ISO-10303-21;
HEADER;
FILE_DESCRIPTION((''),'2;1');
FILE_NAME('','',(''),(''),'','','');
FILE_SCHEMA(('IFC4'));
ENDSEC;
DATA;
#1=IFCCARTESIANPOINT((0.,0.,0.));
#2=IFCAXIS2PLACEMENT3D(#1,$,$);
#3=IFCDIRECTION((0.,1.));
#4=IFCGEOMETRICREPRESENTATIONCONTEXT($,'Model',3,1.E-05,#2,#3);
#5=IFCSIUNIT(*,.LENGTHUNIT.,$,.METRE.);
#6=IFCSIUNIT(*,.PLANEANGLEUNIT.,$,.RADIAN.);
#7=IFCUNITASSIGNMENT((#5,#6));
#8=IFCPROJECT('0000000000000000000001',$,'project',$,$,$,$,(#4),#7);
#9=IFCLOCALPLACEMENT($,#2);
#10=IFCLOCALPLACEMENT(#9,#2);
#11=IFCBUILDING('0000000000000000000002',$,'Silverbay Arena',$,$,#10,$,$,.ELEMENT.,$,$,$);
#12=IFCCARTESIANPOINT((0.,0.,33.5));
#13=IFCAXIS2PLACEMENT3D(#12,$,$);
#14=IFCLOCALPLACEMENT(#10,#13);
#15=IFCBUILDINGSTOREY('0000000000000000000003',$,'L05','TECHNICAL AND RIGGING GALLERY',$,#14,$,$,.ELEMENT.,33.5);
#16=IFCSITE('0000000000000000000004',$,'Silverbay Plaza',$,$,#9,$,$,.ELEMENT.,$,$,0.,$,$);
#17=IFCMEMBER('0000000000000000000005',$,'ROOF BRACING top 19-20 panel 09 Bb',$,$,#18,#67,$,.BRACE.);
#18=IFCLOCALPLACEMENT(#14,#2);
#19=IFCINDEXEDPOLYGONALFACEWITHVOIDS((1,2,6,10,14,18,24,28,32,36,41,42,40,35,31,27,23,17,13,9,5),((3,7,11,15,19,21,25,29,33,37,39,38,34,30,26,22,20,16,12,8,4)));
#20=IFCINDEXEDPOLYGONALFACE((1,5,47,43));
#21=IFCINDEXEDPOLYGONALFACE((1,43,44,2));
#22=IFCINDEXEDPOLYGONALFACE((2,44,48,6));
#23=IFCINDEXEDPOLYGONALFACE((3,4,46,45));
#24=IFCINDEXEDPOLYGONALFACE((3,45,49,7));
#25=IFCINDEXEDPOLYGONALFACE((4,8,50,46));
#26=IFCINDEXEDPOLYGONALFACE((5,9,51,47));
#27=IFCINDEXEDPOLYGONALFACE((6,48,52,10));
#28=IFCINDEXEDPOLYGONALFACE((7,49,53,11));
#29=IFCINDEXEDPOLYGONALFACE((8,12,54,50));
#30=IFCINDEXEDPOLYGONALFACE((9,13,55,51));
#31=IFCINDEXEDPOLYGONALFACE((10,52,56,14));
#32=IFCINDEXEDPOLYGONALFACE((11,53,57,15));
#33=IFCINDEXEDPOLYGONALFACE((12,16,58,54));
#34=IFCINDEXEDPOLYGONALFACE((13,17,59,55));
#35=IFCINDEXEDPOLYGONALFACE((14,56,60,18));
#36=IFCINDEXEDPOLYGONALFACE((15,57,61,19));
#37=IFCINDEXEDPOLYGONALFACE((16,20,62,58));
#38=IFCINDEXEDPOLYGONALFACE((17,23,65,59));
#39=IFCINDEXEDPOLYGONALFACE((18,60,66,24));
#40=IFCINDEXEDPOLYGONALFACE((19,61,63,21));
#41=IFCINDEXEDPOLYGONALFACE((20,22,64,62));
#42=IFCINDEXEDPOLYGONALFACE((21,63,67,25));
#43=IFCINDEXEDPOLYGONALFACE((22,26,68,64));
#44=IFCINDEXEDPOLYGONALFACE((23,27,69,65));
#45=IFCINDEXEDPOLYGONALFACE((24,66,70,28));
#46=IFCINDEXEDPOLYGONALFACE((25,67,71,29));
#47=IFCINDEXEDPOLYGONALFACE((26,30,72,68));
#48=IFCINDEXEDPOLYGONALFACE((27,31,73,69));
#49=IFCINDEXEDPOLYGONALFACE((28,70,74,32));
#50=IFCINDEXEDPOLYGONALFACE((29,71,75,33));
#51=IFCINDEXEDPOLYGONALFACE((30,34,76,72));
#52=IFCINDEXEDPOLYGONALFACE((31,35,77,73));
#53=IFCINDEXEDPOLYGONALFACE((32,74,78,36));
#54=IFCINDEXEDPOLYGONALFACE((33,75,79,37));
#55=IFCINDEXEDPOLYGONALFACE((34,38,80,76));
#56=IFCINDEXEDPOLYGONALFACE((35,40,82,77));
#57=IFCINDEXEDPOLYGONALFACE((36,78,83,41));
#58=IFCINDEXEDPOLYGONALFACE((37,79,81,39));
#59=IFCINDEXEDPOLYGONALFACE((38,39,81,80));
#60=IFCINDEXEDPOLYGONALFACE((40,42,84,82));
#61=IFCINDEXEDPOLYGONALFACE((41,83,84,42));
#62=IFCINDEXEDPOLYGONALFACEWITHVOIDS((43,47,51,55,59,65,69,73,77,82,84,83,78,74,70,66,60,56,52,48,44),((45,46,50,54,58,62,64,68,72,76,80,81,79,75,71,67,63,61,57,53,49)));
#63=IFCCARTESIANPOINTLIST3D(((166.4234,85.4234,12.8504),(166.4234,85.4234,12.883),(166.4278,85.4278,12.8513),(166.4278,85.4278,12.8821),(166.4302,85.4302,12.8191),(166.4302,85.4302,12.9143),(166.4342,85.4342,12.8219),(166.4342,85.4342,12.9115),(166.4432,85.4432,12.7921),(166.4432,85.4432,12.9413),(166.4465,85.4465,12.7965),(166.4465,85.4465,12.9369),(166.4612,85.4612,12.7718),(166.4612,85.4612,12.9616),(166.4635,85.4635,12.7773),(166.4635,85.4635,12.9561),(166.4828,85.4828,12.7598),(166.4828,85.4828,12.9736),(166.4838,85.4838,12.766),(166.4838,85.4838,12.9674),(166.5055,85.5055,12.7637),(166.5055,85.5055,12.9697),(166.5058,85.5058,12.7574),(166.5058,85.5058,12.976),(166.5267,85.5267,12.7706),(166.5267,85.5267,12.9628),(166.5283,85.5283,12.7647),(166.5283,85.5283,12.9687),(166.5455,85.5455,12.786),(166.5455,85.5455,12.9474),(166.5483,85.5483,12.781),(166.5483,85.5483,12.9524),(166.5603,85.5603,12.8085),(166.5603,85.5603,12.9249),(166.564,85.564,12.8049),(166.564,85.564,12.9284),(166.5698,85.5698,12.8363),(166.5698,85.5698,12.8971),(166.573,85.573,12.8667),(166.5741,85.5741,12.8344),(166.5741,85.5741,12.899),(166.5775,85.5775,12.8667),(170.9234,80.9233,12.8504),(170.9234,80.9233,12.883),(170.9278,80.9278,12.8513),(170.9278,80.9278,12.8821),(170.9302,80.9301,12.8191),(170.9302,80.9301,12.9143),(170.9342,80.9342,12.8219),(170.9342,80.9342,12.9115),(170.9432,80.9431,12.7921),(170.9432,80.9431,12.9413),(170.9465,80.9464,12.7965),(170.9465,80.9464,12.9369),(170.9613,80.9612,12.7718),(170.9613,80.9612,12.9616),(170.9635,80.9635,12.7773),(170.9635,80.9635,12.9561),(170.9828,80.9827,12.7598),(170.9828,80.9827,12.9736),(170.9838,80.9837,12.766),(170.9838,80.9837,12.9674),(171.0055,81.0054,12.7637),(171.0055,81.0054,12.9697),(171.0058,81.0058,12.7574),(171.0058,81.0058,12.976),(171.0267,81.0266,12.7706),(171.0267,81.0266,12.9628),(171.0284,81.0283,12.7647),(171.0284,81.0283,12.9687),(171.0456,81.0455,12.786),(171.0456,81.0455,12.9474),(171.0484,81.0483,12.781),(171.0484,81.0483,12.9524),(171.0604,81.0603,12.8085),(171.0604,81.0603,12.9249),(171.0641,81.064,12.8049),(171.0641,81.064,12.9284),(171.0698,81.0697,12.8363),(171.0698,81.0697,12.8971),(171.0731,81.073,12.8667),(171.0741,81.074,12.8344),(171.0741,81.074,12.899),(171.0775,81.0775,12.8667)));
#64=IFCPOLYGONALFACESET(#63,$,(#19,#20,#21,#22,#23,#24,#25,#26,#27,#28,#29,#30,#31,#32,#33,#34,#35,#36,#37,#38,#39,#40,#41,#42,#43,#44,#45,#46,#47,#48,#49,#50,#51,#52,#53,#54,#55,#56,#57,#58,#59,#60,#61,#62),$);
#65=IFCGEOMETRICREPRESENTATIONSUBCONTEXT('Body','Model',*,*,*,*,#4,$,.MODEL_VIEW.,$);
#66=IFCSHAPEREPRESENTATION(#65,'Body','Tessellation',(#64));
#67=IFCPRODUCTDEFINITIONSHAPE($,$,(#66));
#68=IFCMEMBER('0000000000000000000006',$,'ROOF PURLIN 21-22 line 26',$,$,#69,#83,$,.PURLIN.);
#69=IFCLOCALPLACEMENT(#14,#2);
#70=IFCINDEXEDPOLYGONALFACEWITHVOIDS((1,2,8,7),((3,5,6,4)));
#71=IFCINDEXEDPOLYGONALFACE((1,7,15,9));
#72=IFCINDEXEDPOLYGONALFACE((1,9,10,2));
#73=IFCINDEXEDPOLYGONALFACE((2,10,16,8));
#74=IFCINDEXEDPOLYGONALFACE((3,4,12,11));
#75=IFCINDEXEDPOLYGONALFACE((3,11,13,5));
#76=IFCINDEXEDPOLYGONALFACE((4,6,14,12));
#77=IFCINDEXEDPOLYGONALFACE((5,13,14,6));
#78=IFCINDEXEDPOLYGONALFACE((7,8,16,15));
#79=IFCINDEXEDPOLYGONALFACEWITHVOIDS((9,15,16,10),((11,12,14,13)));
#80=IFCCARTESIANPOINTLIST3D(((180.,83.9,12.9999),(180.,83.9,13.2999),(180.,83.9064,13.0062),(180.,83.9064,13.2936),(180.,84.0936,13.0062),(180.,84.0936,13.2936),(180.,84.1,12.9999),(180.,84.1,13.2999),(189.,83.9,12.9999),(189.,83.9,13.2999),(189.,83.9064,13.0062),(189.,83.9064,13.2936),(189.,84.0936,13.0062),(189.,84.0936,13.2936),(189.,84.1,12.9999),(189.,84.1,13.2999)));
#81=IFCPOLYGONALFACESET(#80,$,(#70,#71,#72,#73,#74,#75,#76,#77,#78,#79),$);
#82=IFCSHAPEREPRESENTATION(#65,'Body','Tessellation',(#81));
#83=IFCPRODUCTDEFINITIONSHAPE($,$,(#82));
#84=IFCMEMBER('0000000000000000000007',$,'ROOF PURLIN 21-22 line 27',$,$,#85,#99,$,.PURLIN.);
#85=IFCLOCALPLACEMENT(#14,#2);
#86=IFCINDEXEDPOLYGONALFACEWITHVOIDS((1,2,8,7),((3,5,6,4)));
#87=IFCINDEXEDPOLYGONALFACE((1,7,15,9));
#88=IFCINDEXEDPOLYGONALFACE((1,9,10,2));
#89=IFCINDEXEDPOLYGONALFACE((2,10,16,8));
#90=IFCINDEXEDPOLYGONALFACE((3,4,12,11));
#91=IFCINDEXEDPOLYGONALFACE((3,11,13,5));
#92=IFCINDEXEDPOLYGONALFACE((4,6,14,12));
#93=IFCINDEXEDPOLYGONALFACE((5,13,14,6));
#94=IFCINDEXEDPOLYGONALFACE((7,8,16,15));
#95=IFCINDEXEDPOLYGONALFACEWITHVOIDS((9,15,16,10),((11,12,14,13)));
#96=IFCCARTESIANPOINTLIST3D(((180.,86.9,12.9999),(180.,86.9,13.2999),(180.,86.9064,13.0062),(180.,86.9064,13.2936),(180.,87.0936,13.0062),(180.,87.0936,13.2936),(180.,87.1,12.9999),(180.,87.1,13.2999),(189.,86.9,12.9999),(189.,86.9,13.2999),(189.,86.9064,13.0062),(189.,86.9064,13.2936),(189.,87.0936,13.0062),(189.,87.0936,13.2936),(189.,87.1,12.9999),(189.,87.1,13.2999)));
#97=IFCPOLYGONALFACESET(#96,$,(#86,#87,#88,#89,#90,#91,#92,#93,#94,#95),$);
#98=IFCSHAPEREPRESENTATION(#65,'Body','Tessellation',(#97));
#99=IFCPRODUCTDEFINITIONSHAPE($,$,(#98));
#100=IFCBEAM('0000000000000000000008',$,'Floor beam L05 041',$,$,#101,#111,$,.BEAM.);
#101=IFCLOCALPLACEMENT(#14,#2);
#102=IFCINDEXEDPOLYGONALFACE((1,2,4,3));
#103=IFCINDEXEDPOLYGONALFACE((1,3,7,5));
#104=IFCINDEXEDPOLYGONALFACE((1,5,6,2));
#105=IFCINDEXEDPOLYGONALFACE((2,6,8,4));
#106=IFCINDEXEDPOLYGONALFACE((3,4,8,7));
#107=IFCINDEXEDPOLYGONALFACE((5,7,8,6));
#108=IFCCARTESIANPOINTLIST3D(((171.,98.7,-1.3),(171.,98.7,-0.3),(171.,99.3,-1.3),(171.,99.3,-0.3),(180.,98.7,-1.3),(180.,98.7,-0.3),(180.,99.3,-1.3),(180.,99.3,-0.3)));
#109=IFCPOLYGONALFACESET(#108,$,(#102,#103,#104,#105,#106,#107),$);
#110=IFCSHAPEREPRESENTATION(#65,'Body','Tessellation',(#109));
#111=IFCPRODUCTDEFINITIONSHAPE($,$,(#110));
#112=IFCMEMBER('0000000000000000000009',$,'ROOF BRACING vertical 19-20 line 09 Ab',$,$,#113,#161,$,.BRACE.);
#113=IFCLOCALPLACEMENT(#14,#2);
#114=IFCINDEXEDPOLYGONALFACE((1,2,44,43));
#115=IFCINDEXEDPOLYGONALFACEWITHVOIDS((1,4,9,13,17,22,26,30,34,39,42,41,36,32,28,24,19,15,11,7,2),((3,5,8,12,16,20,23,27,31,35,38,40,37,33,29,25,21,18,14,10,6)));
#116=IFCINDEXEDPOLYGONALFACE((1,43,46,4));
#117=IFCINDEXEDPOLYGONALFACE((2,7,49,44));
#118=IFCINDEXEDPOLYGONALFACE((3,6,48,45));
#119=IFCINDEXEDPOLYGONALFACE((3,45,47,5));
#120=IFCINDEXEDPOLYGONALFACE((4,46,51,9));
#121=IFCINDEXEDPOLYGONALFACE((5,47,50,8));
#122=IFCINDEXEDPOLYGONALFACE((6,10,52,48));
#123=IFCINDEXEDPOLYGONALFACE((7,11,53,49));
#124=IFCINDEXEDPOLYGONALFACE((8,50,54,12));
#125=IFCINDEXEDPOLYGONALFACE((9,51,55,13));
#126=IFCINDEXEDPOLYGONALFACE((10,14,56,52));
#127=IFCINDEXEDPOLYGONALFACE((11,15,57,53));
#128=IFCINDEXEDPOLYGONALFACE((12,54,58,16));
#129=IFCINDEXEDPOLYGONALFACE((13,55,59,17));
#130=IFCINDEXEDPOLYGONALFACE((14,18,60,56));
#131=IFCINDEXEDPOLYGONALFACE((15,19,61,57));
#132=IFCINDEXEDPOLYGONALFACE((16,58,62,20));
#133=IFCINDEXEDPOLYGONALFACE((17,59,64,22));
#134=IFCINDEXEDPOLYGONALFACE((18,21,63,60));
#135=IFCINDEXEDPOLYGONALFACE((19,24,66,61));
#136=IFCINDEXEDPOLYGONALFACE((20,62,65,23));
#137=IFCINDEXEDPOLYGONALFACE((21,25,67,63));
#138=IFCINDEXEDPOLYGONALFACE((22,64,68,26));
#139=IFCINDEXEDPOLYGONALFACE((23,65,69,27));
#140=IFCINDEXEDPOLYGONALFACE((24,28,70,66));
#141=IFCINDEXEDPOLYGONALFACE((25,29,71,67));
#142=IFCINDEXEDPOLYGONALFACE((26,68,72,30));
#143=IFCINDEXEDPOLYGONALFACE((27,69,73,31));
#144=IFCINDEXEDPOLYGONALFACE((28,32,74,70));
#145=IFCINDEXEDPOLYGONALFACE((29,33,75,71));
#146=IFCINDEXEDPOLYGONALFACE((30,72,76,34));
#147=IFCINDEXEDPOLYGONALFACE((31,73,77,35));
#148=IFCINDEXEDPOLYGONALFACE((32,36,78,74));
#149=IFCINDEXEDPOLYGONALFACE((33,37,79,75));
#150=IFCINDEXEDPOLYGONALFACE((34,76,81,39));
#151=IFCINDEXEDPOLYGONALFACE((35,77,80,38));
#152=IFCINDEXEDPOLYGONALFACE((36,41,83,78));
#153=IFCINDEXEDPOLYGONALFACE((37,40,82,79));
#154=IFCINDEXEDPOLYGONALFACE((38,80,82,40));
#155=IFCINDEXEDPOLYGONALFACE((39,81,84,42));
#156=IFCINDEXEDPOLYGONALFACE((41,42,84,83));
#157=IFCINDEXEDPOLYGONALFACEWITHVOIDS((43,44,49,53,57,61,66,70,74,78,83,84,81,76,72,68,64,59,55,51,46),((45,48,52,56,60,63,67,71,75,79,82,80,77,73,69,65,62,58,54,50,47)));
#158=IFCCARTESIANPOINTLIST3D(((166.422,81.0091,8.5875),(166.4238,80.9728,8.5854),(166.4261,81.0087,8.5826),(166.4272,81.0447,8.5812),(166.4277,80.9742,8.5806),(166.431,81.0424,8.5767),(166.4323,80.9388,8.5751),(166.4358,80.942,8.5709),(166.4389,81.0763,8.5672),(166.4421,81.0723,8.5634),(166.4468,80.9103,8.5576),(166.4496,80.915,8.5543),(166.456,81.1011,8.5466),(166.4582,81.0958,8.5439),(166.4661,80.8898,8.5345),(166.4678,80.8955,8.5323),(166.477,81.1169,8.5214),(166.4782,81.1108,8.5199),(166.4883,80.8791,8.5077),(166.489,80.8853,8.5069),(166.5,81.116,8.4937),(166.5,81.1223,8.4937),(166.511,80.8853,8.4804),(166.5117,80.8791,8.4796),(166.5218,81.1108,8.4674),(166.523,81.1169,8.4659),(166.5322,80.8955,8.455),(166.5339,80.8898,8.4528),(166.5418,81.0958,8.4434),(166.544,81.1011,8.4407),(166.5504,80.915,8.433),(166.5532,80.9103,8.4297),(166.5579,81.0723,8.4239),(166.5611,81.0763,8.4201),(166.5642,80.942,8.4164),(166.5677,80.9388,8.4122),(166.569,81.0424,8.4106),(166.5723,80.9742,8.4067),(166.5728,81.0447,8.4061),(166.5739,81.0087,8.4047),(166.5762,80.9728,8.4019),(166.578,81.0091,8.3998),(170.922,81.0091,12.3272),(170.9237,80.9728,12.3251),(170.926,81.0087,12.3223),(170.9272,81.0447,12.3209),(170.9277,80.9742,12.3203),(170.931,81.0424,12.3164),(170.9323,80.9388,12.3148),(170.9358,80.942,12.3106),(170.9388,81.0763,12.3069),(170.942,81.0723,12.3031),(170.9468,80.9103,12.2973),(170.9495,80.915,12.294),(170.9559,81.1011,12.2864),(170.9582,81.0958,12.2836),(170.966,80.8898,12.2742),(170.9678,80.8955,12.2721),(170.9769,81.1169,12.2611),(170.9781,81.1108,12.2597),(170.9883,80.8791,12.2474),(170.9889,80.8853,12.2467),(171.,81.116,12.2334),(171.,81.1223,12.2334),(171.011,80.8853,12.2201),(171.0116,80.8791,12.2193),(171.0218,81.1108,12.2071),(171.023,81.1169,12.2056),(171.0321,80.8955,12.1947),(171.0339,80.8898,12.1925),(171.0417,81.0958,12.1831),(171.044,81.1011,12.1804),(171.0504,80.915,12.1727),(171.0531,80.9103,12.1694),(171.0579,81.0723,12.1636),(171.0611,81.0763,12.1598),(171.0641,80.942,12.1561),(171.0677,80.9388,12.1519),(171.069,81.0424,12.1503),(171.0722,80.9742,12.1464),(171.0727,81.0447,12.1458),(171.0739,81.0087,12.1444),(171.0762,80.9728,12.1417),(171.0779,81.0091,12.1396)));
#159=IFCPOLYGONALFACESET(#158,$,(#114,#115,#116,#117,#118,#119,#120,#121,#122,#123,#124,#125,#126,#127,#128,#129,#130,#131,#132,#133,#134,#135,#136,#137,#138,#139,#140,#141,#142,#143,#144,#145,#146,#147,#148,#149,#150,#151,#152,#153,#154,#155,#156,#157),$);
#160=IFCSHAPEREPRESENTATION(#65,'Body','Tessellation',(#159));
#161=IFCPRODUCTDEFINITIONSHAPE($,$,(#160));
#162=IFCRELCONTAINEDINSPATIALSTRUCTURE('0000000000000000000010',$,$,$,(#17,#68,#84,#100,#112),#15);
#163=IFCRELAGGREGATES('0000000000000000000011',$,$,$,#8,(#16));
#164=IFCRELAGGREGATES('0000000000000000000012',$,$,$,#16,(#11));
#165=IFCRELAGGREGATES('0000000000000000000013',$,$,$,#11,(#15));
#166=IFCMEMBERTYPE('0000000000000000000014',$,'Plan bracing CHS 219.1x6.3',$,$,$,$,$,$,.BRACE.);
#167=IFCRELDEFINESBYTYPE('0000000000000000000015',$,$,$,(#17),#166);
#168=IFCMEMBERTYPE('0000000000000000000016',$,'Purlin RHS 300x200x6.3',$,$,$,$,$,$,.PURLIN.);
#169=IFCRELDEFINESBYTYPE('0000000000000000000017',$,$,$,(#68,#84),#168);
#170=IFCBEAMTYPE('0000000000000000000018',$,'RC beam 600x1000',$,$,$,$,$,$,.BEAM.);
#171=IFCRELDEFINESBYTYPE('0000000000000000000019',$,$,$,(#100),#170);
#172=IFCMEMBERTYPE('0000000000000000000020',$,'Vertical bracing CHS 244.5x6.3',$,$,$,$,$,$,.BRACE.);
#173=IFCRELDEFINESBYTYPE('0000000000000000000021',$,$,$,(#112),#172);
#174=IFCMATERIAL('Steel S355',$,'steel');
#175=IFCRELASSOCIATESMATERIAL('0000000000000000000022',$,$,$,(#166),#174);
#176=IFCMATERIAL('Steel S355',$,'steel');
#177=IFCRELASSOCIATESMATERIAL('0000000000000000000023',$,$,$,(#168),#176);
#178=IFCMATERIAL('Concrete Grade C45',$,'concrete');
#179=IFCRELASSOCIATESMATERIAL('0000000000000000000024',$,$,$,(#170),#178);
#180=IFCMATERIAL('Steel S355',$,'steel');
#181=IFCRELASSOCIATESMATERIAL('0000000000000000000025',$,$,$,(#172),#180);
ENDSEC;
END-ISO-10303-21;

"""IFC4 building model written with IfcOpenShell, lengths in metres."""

from ifc_helpers import new_model, si_unit, direction, frame, origin, origin_2d, place, context, subcontext, project, spatial, rectangle, hollow_rectangle, hollow_circle, extrude, material, material_profile, profile_set, type_object, element, save


model = new_model("IFC4")

# Units and contexts
model_context = context("Model", 3, precision=1e-05, world=origin(), true_north=direction((0.0, 1.0)))
body_context = subcontext(model_context, "Body", "Model", "MODEL_VIEW")
ifc_project = project(units=[si_unit("LENGTHUNIT", "METRE"), si_unit("PLANEANGLEUNIT", "RADIAN")], contexts=[model_context])

# Site, building, storey
site_placement = place(None, origin())
site = spatial("IfcSite", under=ifc_project, at=site_placement, Name="Silverbay Plaza", CompositionType="ELEMENT", RefElevation=0.0)
building_placement = place(site_placement, origin())
building = spatial("IfcBuilding", under=site, at=building_placement, Name="Silverbay Arena", CompositionType="ELEMENT")
storey_placement = place(building_placement, frame((0.0, 0.0, 33.5)))
storey = spatial("IfcBuildingStorey", under=building, at=storey_placement, Name="L05", Description="TECHNICAL AND RIGGING GALLERY", CompositionType="ELEMENT", Elevation=33.5)

# Members
ifc_material_1 = material(Name="Steel S355", Category="steel")
ifc_material_profile_1 = material_profile(ifc_material_1, hollow_circle(Radius=0.1096, WallThickness=0.0063, at=origin_2d()), Name="CHS 219.1x6.3")
ifc_profile_set_1 = profile_set([ifc_material_profile_1], Name="Steel S355")
member_type_1 = type_object("IfcMemberType", Name="Plan bracing CHS 219.1x6.3", PredefinedType="BRACE", material=ifc_profile_set_1)
for number, where, z_axis, x_axis, name in (
    (1, (166.5, 85.5, 12.8667), (0.707107, -0.707107, 0.0), (0.707107, 0.707107, 0.0), "ROOF BRACING top 19-20 panel 09 Bb"),
):
    element("IfcMember", number, at=place(storey_placement, frame(where, z_axis=z_axis, x_axis=x_axis)), inside=storey, type_object=member_type_1, Name=name, PredefinedType="BRACE", context=body_context, shape_type="SweptSolid", body=[
        extrude(hollow_circle(Radius=0.1096, WallThickness=0.0063, at=origin_2d()), origin(), (0.0, 0.0, 1.0), 6.364),
    ])
ifc_material_2 = material(Name="Steel S355", Category="steel")
ifc_material_profile_2 = material_profile(ifc_material_2, hollow_rectangle(XDim=0.2, YDim=0.3, WallThickness=0.0063, at=origin_2d()), Name="RHS 300x200x6.3")
ifc_profile_set_2 = profile_set([ifc_material_profile_2], Name="Steel S355")
member_type_2 = type_object("IfcMemberType", Name="Purlin RHS 300x200x6.3", PredefinedType="PURLIN", material=ifc_profile_set_2)
for number, where, z_axis, x_axis, name in (
    (2, (180.0, 84.0, 13.1499), (1.0, 0.0, 0.0), (0.0, 1.0, 0.0), "ROOF PURLIN 21-22 line 26"),
    (3, (180.0, 87.0, 13.1499), (1.0, 0.0, 0.0), (0.0, 1.0, 0.0), "ROOF PURLIN 21-22 line 27"),
):
    element("IfcMember", number, at=place(storey_placement, frame(where, z_axis=z_axis, x_axis=x_axis)), inside=storey, type_object=member_type_2, Name=name, PredefinedType="PURLIN", context=body_context, shape_type="SweptSolid", body=[
        extrude(hollow_rectangle(XDim=0.2, YDim=0.3, WallThickness=0.0063, at=origin_2d()), origin(), (0.0, 0.0, 1.0), 9.0),
    ])

# Beam
ifc_material_3 = material(Name="Concrete Grade C45", Category="concrete")
ifc_material_profile_3 = material_profile(ifc_material_3, rectangle(XDim=0.6001, YDim=1.0, at=origin_2d()), Name="RC 600x1000")
ifc_profile_set_3 = profile_set([ifc_material_profile_3], Name="Concrete Grade C45")
beam_type = type_object("IfcBeamType", Name="RC beam 600x1000", PredefinedType="BEAM", material=ifc_profile_set_3)
beam_placement = place(storey_placement, frame((171.0, 99.0, -0.8), z_axis=(1.0, 0.0, 0.0), x_axis=(0.0, 1.0, 0.0)))
element("IfcBeam", 4, at=beam_placement, inside=storey, type_object=beam_type, Name="Floor beam L05 041", PredefinedType="BEAM", context=body_context, shape_type="SweptSolid", body=[
    extrude(rectangle(XDim=0.6001, YDim=1.0, at=origin_2d()), origin(), (0.0, 0.0, 1.0), 9.0),
])

# Member
ifc_material_4 = material(Name="Steel S355", Category="steel")
ifc_material_profile_4 = material_profile(ifc_material_4, hollow_circle(Radius=0.1223, WallThickness=0.0063, at=origin_2d()), Name="CHS 244.5x6.3")
ifc_profile_set_4 = profile_set([ifc_material_profile_4], Name="Steel S355")
member_type_3 = type_object("IfcMemberType", Name="Vertical bracing CHS 244.5x6.3", PredefinedType="BRACE", material=ifc_profile_set_4)
for number, where, z_axis, x_axis, name in (
    (5, (166.5, 81.0, 8.4937), (0.769082, 0.0, 0.63915), (0.0, 1.0, 0.0), "ROOF BRACING vertical 19-20 line 09 Ab"),
):
    element("IfcMember", number, at=place(storey_placement, frame(where, z_axis=z_axis, x_axis=x_axis)), inside=storey, type_object=member_type_3, Name=name, PredefinedType="BRACE", context=body_context, shape_type="SweptSolid", body=[
        extrude(hollow_circle(Radius=0.1223, WallThickness=0.0063, at=origin_2d()), origin(), (0.0, 0.0, 1.0), 5.8511),
    ])

save(model, "model.ifc")
